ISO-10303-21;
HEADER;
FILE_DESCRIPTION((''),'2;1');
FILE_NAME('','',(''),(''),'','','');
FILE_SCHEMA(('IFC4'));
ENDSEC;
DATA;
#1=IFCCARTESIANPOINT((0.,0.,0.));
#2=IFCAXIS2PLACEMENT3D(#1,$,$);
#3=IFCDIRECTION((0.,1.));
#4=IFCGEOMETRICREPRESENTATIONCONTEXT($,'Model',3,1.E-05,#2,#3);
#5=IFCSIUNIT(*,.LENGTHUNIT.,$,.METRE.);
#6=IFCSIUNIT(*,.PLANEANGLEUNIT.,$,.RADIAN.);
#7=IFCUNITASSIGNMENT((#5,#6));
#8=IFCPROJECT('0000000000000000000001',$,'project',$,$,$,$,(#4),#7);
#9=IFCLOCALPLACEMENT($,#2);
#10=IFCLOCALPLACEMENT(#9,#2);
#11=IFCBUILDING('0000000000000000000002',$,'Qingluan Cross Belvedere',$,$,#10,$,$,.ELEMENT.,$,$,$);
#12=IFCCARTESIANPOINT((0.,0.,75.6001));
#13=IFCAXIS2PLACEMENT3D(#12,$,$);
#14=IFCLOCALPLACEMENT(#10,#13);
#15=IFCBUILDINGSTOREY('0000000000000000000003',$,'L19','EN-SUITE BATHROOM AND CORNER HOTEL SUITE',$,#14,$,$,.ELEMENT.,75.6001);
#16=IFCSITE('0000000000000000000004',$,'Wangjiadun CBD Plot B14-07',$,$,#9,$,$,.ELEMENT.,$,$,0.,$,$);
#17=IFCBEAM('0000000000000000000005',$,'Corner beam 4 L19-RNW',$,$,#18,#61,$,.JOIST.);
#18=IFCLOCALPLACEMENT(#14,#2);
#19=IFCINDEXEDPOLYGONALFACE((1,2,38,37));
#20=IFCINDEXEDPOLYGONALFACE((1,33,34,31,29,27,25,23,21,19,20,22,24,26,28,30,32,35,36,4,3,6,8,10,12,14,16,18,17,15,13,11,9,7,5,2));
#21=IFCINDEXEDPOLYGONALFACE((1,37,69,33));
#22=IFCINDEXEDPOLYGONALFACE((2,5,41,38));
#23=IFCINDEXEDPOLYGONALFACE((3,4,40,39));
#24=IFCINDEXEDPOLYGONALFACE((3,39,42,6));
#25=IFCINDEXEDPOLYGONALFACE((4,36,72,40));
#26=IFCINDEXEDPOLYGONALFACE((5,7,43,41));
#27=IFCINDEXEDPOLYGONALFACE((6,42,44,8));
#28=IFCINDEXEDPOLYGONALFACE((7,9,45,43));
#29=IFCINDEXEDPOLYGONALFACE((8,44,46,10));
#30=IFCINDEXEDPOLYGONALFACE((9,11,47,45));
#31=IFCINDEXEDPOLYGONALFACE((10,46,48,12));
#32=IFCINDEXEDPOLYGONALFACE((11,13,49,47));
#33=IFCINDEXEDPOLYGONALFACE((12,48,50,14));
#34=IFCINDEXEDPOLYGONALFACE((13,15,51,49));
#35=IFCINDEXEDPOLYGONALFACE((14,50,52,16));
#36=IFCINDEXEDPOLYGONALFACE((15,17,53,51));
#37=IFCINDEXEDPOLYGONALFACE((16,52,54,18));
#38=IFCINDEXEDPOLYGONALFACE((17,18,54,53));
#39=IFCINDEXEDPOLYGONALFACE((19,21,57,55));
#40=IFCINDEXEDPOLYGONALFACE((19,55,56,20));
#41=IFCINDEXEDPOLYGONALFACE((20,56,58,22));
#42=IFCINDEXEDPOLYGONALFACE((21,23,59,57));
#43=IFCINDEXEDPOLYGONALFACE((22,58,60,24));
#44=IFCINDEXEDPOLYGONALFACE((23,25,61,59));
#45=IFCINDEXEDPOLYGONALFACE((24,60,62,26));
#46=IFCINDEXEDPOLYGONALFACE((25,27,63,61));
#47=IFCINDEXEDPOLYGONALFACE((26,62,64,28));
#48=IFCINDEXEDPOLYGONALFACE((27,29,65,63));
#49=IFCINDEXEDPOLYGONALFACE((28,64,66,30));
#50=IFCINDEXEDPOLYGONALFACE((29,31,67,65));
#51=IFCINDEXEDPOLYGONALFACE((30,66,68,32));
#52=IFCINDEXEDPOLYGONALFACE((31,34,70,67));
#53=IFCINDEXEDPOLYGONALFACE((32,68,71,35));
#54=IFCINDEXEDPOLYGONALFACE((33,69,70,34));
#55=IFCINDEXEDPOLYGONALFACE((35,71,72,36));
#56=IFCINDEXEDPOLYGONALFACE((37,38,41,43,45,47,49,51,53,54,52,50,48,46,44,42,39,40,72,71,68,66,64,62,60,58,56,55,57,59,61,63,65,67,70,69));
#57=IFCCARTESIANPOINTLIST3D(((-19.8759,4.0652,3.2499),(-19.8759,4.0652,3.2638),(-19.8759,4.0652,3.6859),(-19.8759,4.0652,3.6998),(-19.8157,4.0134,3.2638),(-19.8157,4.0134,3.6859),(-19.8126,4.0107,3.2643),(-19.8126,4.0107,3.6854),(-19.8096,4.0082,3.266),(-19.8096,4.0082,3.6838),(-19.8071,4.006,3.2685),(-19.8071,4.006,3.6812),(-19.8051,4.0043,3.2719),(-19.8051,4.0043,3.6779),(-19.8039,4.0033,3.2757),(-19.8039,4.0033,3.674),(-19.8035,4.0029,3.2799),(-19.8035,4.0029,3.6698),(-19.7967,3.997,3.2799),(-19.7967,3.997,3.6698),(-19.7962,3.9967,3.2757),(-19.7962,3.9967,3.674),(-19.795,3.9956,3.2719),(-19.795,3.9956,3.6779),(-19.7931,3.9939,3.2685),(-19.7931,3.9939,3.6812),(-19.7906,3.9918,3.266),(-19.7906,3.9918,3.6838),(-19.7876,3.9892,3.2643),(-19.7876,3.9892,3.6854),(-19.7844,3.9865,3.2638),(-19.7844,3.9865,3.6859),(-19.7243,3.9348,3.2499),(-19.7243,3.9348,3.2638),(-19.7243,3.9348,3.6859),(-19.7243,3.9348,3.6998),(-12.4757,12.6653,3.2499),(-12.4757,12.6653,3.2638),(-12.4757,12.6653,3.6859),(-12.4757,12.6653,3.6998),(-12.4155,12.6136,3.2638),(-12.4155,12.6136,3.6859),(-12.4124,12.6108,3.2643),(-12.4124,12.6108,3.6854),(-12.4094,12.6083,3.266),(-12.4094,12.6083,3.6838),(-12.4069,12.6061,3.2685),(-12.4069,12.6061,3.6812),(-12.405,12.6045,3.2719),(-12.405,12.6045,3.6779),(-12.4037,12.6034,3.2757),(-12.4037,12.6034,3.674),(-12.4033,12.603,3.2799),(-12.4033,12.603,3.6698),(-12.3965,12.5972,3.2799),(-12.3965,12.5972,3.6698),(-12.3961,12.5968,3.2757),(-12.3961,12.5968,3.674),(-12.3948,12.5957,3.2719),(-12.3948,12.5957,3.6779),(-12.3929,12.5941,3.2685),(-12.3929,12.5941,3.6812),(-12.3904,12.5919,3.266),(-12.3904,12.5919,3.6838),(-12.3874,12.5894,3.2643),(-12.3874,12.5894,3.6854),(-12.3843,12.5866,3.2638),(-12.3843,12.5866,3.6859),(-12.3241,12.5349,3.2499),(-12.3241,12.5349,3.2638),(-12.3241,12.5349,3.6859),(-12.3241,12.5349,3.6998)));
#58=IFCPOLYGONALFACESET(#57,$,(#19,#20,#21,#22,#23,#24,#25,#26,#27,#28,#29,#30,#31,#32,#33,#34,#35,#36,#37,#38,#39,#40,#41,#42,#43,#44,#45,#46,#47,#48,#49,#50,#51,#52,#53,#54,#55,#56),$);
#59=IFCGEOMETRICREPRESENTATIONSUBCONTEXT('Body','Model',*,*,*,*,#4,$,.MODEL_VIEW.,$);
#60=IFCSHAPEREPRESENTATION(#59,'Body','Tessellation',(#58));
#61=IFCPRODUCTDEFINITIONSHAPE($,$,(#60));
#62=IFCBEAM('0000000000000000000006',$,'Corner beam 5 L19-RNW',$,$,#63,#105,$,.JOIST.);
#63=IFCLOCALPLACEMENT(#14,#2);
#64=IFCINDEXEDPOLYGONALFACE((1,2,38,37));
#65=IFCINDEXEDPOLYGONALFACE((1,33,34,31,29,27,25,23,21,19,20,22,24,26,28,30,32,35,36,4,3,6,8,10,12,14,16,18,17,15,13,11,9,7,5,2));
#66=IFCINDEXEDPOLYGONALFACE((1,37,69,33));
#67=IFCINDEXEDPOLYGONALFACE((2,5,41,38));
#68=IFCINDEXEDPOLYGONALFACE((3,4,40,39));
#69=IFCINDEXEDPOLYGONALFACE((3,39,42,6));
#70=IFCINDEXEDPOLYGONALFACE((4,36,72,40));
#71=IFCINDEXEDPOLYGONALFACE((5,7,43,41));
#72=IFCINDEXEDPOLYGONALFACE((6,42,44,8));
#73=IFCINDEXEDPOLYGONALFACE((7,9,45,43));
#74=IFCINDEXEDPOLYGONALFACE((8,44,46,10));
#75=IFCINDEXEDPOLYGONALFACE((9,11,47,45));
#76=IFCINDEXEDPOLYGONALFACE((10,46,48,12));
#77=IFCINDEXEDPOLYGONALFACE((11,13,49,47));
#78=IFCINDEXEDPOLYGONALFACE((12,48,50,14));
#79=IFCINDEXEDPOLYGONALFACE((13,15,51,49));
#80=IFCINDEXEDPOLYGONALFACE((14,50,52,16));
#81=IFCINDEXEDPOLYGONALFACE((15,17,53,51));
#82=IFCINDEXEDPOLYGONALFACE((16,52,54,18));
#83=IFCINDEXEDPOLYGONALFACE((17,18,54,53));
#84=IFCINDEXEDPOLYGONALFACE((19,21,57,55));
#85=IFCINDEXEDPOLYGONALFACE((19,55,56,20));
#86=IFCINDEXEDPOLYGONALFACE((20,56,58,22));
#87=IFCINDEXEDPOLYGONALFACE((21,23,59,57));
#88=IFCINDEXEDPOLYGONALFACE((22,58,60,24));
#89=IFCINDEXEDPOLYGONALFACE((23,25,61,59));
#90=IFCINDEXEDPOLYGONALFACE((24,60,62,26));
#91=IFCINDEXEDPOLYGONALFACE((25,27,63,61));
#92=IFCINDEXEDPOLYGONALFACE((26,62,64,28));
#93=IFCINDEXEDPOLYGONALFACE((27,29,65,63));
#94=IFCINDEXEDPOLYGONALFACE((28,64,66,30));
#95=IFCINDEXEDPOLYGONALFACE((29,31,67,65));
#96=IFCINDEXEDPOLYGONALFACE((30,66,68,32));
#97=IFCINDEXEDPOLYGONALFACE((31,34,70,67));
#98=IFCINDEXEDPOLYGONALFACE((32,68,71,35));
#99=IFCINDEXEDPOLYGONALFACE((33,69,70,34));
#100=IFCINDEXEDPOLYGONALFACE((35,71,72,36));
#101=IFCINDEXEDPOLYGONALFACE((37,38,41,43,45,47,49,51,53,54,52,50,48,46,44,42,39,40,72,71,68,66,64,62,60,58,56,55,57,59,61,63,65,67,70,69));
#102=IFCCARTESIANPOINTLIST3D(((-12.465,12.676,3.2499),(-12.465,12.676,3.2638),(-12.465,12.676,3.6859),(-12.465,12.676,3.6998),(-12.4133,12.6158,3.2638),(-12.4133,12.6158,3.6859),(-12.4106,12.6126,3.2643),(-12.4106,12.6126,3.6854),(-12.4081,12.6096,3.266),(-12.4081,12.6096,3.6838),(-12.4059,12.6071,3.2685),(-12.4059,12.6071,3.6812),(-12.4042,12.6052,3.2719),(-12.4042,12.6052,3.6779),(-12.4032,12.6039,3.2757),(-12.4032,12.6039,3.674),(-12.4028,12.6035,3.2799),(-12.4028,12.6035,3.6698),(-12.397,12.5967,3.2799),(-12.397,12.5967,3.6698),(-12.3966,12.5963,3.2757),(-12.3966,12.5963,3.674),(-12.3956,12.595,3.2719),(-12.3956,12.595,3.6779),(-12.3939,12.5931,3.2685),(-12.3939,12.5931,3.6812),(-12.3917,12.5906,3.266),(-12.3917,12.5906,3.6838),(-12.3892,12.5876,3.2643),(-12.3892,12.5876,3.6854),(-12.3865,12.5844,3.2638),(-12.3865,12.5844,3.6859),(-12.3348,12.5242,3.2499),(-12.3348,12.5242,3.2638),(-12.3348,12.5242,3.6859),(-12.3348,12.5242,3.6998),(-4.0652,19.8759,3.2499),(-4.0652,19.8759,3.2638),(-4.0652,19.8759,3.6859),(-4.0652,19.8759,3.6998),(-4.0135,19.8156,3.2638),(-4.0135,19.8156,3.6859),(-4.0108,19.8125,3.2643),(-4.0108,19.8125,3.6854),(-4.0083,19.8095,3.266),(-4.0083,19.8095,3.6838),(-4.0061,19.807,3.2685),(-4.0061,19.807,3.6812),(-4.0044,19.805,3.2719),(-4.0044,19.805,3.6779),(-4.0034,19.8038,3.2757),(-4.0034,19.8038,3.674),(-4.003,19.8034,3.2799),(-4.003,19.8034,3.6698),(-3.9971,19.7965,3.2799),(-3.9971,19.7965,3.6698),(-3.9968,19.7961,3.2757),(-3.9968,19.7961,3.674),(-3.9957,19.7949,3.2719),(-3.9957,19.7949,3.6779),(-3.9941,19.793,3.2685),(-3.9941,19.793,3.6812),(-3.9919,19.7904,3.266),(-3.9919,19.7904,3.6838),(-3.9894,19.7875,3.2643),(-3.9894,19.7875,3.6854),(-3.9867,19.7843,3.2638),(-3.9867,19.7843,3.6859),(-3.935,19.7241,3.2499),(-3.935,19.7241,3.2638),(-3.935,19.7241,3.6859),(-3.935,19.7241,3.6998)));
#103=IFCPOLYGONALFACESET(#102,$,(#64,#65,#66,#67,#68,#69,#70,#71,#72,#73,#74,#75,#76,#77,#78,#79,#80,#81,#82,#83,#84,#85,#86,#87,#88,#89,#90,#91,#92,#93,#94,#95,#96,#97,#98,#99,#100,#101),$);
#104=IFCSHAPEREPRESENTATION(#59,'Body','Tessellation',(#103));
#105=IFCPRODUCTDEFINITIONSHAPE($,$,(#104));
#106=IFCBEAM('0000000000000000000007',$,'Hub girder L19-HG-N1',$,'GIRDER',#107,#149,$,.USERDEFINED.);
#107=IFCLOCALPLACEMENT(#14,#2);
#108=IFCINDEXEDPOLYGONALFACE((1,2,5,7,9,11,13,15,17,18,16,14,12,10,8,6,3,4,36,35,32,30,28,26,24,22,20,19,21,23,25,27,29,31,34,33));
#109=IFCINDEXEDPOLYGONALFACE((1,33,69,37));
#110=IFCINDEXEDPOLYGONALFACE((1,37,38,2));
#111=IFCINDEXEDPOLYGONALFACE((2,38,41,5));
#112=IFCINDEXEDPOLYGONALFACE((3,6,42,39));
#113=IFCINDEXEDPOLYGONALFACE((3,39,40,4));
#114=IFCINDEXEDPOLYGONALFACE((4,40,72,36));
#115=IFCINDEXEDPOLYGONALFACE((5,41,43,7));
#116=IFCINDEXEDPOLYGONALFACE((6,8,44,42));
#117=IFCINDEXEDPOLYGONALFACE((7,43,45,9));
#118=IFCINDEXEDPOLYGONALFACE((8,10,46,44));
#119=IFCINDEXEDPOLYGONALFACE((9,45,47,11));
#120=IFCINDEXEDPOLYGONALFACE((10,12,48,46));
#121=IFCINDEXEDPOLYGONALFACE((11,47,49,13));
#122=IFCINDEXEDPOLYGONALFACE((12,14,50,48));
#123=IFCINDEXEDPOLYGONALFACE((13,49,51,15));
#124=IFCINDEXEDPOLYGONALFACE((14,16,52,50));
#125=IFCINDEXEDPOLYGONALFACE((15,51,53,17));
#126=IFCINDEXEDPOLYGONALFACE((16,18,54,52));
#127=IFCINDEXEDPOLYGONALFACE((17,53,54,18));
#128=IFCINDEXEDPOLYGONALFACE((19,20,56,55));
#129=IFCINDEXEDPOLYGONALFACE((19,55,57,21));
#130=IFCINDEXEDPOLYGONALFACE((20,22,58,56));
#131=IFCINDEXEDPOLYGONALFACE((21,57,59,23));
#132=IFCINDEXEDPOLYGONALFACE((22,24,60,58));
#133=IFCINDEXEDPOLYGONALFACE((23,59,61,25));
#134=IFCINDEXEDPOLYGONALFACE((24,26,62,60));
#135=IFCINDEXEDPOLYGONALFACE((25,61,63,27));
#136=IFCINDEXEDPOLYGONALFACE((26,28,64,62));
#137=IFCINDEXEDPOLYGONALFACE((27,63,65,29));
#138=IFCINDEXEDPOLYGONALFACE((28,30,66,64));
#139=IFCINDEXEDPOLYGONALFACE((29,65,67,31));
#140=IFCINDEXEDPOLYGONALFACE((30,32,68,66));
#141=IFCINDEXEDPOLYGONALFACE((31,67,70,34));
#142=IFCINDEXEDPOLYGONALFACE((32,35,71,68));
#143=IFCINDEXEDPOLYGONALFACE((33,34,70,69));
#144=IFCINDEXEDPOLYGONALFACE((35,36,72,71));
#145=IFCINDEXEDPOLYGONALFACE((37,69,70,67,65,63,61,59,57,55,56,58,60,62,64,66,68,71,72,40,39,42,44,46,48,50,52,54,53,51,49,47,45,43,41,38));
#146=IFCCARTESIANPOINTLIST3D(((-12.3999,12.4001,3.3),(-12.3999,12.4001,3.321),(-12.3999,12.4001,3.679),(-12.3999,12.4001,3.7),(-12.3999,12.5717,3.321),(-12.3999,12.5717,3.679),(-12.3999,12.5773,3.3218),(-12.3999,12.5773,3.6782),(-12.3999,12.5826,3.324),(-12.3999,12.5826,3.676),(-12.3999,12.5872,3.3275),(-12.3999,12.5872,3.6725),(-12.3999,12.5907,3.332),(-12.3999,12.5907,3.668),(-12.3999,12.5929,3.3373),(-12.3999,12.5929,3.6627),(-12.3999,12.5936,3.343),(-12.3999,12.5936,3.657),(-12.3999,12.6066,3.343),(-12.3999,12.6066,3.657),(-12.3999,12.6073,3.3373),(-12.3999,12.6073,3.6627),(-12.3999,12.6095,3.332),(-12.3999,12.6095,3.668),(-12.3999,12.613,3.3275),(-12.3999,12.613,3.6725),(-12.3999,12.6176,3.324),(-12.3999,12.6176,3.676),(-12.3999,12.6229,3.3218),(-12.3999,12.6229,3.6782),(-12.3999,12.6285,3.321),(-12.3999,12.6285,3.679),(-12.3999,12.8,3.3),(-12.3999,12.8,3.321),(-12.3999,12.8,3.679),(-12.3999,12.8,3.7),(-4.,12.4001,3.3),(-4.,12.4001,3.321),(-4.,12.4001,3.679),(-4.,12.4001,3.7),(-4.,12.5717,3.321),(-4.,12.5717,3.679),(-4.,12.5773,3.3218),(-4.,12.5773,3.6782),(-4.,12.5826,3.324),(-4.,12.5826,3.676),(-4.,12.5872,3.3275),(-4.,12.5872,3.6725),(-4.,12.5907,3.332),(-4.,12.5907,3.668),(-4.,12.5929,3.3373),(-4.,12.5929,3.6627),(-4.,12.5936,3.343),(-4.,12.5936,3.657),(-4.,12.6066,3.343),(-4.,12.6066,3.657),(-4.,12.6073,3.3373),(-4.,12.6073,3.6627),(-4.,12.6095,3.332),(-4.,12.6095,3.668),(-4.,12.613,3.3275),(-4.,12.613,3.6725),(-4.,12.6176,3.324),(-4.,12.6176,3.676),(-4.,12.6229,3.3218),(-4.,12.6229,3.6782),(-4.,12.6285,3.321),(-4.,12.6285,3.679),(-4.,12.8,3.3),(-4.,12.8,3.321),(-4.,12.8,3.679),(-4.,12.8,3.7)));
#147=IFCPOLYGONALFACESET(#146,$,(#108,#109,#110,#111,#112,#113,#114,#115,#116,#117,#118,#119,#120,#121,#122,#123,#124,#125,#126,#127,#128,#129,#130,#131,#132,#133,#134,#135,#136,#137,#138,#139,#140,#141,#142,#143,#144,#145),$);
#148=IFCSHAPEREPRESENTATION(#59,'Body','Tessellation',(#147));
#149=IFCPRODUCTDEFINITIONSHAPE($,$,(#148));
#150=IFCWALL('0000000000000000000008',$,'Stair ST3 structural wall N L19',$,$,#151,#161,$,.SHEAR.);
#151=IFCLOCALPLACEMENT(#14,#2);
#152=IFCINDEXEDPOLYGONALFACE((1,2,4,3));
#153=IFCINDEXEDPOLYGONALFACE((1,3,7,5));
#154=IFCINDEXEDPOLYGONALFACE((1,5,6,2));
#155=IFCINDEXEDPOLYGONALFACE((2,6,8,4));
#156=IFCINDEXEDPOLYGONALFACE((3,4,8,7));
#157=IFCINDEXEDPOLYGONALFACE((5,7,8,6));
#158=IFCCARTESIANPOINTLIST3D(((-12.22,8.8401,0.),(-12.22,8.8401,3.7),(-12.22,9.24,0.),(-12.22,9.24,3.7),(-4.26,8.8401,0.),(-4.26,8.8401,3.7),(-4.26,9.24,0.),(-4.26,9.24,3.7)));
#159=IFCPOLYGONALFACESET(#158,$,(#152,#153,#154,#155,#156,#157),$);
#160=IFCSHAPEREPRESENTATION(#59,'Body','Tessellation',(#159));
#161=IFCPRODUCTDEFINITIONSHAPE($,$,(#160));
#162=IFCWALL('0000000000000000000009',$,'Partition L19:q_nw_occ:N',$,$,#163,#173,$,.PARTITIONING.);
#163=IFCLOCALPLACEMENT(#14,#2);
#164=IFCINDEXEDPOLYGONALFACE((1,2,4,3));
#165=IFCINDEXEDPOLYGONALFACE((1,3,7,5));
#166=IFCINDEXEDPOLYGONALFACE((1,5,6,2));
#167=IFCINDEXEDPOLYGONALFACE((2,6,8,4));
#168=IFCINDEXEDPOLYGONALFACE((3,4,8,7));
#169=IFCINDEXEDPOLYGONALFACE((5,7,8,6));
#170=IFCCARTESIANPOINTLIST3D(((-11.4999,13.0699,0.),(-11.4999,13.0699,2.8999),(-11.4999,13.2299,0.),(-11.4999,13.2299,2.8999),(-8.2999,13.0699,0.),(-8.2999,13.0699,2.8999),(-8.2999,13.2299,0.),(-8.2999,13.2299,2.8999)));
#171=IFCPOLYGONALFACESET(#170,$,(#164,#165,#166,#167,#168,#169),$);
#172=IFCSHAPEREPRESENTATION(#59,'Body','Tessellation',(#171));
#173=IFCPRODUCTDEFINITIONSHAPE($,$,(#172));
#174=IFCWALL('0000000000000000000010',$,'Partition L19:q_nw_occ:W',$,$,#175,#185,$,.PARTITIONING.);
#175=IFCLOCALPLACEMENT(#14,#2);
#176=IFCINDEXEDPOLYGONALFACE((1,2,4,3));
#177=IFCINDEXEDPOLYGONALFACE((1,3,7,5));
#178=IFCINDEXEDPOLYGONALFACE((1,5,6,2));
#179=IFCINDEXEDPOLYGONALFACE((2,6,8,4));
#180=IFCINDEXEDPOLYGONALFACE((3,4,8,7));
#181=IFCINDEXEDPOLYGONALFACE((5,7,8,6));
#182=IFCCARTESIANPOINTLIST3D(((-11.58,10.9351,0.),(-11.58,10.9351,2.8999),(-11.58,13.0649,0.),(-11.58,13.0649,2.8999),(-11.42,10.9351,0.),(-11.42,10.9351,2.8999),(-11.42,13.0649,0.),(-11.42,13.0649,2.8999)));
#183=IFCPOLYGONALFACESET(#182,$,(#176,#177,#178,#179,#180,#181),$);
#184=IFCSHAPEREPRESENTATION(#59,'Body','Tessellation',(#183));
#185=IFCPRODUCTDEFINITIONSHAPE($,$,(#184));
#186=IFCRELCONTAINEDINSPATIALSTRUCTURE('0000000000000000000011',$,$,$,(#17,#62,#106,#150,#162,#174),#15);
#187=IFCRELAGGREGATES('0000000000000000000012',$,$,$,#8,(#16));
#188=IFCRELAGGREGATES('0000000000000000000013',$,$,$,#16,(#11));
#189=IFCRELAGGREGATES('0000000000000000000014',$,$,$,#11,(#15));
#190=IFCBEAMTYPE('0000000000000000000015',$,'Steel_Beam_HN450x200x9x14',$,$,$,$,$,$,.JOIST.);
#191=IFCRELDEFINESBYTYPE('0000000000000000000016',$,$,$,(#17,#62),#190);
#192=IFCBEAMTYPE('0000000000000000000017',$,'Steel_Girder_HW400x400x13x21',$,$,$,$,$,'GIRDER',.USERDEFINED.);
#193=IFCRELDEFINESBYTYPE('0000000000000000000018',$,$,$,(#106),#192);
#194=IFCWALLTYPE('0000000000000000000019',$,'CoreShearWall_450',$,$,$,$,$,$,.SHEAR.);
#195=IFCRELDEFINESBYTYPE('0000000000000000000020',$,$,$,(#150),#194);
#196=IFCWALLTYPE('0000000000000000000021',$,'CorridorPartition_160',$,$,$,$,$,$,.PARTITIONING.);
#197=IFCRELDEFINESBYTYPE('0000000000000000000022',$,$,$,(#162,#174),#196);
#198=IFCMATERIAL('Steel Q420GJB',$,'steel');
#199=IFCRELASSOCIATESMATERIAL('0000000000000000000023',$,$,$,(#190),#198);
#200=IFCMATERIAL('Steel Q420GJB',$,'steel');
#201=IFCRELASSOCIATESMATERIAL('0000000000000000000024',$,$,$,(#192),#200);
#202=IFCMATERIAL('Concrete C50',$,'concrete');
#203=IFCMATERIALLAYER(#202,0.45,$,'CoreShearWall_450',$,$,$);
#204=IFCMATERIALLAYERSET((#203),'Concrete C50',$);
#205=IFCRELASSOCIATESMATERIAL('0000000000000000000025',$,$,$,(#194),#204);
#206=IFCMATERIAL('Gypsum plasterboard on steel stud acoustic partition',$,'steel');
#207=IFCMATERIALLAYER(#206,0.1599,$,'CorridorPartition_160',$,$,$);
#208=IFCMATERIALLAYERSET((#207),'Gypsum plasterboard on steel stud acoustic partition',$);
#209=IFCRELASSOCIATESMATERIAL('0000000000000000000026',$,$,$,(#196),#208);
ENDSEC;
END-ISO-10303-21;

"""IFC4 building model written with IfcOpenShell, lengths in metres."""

from ifc_helpers import new_model, si_unit, direction, frame, frame_2d, origin, origin_2d, place, context, subcontext, project, spatial, rectangle, i_section, extrude, material, layer, layer_set, material_profile, profile_set, type_object, element, save


model = new_model("IFC4")

# Units and contexts
model_context = context("Model", 3, precision=1e-05, world=origin(), true_north=direction((0.0, 1.0)))
body_context = subcontext(model_context, "Body", "Model", "MODEL_VIEW")
ifc_project = project(units=[si_unit("LENGTHUNIT", "METRE"), si_unit("PLANEANGLEUNIT", "RADIAN")], contexts=[model_context])

# Site, building, storey
site_placement = place(None, origin())
site = spatial("IfcSite", under=ifc_project, at=site_placement, Name="Wangjiadun CBD Plot B14-07", CompositionType="ELEMENT", RefElevation=0.0)
building_placement = place(site_placement, origin())
building = spatial("IfcBuilding", under=site, at=building_placement, Name="Qingluan Cross Belvedere", CompositionType="ELEMENT")
storey_placement = place(building_placement, frame((0.0, 0.0, 75.6001)))
storey = spatial("IfcBuildingStorey", under=building, at=storey_placement, Name="L19", Description="EN-SUITE BATHROOM AND CORNER HOTEL SUITE", CompositionType="ELEMENT", Elevation=75.6001)

# Beams
ifc_material_1 = material(Name="Steel Q420GJB", Category="steel")
ifc_material_profile_1 = material_profile(ifc_material_1, i_section(OverallWidth=0.2, OverallDepth=0.45, WebThickness=0.009, FlangeThickness=0.0139, FilletRadius=0.0161, at=origin_2d()), Name="HN450x200x9x14")
ifc_profile_set_1 = profile_set([ifc_material_profile_1], Name="Steel Q420GJB")
beam_type_1 = type_object("IfcBeamType", Name="Steel_Beam_HN450x200x9x14", PredefinedType="JOIST", material=ifc_profile_set_1)
beam_1_placement = place(storey_placement, frame((-12.3999, 12.6001, 3.4749), z_axis=(-0.652245, -0.758008, 0.0), x_axis=(0.758008, -0.652245, 0.0)))
element("IfcBeam", 1, at=beam_1_placement, inside=storey, type_object=beam_type_1, Name="Corner beam 4 L19-RNW", PredefinedType="JOIST", context=body_context, shape_type="SweptSolid", body=[
    extrude(i_section(OverallWidth=0.2, OverallDepth=0.45, WebThickness=0.009, FlangeThickness=0.0139, FilletRadius=0.0161, at=origin_2d()), origin(), (0.0, 0.0, 1.0), 11.3457),
])
beam_2_placement = place(storey_placement, frame((-12.3999, 12.6001, 3.4749), z_axis=(0.759255, 0.650793, 0.0), x_axis=(-0.650793, 0.759255, 0.0)))
element("IfcBeam", 2, at=beam_2_placement, inside=storey, type_object=beam_type_1, Name="Corner beam 5 L19-RNW", PredefinedType="JOIST", context=body_context, shape_type="SweptSolid", body=[
    extrude(i_section(OverallWidth=0.2, OverallDepth=0.45, WebThickness=0.009, FlangeThickness=0.0139, FilletRadius=0.0161, at=origin_2d()), origin(), (0.0, 0.0, 1.0), 11.0632),
])
ifc_material_2 = material(Name="Steel Q420GJB", Category="steel")
ifc_material_profile_2 = material_profile(ifc_material_2, i_section(OverallWidth=0.3999, OverallDepth=0.3999, WebThickness=0.0129, FlangeThickness=0.021, FilletRadius=0.022, at=origin_2d()), Name="HW400x400x13x21")
ifc_profile_set_2 = profile_set([ifc_material_profile_2], Name="Steel Q420GJB")
beam_type_2 = type_object("IfcBeamType", Name="Steel_Girder_HW400x400x13x21", ElementType="GIRDER", PredefinedType="USERDEFINED", material=ifc_profile_set_2)
beam_3_placement = place(storey_placement, frame((-12.3999, 12.6001, 3.5), z_axis=(1.0, 0.0, 0.0), x_axis=(0.0, 1.0, 0.0)))
element("IfcBeam", 3, at=beam_3_placement, inside=storey, type_object=beam_type_2, Name="Hub girder L19-HG-N1", ObjectType="GIRDER", PredefinedType="USERDEFINED", context=body_context, shape_type="SweptSolid", body=[
    extrude(i_section(OverallWidth=0.3999, OverallDepth=0.3999, WebThickness=0.0129, FlangeThickness=0.021, FilletRadius=0.022, at=origin_2d()), origin(), (0.0, 0.0, 1.0), 8.3999),
])

# Wall
ifc_material_3 = material(Name="Concrete C50", Category="concrete")
ifc_layer_1 = layer(ifc_material_3, 0.45, Name="CoreShearWall_450")
ifc_layer_set_1 = layer_set([ifc_layer_1], Name="Concrete C50")
wall_type_1 = type_object("IfcWallType", Name="CoreShearWall_450", PredefinedType="SHEAR", material=ifc_layer_set_1)
wall_1_placement = place(storey_placement, frame((-12.22, 9.04, 0.0), z_axis=(0.0, 0.0, 1.0), x_axis=(1.0, 0.0, 0.0)))
element("IfcWall", 4, at=wall_1_placement, inside=storey, type_object=wall_type_1, Name="Stair ST3 structural wall N L19", PredefinedType="SHEAR", context=body_context, shape_type="SweptSolid", body=[
    extrude(rectangle(XDim=7.96, YDim=0.3999, at=frame_2d((3.98, 0.0))), origin(), (0.0, 0.0, 1.0), 3.7),
])

# Shared definitions
ifc_material_4 = material(Name="Gypsum plasterboard on steel stud acoustic partition", Category="steel")
ifc_layer_2 = layer(ifc_material_4, 0.1599, Name="CorridorPartition_160")
ifc_layer_set_2 = layer_set([ifc_layer_2], Name="Gypsum plasterboard on steel stud acoustic partition")
wall_type_2 = type_object("IfcWallType", Name="CorridorPartition_160", PredefinedType="PARTITIONING", material=ifc_layer_set_2)

# Walls
wall_2_placement = place(storey_placement, frame((-11.5, 13.1499, 0.0), z_axis=(0.0, 0.0, 1.0), x_axis=(1.0, 0.0, 0.0)))
element("IfcWall", 5, at=wall_2_placement, inside=storey, type_object=wall_type_2, Name="Partition L19:q_nw_occ:N", PredefinedType="PARTITIONING", context=body_context, shape_type="SweptSolid", body=[
    extrude(rectangle(XDim=3.2, YDim=0.1599, at=frame_2d((1.6001, 0.0))), origin(), (0.0, 0.0, 1.0), 2.8999),
])
for number, where, z_axis, x_axis, name in (
    (6, (-11.5, 10.9351, 0.0), (0.0, 0.0, 1.0), (0.0, 1.0, 0.0), "Partition L19:q_nw_occ:W"),
):
    element("IfcWall", number, at=place(storey_placement, frame(where, z_axis=z_axis, x_axis=x_axis)), inside=storey, type_object=wall_type_2, Name=name, PredefinedType="PARTITIONING", context=body_context, shape_type="SweptSolid", body=[
        extrude(rectangle(XDim=2.1299, YDim=0.1599, at=frame_2d((1.0649, 0.0))), origin(), (0.0, 0.0, 1.0), 2.8999),
    ])

save(model, "model.ifc")
